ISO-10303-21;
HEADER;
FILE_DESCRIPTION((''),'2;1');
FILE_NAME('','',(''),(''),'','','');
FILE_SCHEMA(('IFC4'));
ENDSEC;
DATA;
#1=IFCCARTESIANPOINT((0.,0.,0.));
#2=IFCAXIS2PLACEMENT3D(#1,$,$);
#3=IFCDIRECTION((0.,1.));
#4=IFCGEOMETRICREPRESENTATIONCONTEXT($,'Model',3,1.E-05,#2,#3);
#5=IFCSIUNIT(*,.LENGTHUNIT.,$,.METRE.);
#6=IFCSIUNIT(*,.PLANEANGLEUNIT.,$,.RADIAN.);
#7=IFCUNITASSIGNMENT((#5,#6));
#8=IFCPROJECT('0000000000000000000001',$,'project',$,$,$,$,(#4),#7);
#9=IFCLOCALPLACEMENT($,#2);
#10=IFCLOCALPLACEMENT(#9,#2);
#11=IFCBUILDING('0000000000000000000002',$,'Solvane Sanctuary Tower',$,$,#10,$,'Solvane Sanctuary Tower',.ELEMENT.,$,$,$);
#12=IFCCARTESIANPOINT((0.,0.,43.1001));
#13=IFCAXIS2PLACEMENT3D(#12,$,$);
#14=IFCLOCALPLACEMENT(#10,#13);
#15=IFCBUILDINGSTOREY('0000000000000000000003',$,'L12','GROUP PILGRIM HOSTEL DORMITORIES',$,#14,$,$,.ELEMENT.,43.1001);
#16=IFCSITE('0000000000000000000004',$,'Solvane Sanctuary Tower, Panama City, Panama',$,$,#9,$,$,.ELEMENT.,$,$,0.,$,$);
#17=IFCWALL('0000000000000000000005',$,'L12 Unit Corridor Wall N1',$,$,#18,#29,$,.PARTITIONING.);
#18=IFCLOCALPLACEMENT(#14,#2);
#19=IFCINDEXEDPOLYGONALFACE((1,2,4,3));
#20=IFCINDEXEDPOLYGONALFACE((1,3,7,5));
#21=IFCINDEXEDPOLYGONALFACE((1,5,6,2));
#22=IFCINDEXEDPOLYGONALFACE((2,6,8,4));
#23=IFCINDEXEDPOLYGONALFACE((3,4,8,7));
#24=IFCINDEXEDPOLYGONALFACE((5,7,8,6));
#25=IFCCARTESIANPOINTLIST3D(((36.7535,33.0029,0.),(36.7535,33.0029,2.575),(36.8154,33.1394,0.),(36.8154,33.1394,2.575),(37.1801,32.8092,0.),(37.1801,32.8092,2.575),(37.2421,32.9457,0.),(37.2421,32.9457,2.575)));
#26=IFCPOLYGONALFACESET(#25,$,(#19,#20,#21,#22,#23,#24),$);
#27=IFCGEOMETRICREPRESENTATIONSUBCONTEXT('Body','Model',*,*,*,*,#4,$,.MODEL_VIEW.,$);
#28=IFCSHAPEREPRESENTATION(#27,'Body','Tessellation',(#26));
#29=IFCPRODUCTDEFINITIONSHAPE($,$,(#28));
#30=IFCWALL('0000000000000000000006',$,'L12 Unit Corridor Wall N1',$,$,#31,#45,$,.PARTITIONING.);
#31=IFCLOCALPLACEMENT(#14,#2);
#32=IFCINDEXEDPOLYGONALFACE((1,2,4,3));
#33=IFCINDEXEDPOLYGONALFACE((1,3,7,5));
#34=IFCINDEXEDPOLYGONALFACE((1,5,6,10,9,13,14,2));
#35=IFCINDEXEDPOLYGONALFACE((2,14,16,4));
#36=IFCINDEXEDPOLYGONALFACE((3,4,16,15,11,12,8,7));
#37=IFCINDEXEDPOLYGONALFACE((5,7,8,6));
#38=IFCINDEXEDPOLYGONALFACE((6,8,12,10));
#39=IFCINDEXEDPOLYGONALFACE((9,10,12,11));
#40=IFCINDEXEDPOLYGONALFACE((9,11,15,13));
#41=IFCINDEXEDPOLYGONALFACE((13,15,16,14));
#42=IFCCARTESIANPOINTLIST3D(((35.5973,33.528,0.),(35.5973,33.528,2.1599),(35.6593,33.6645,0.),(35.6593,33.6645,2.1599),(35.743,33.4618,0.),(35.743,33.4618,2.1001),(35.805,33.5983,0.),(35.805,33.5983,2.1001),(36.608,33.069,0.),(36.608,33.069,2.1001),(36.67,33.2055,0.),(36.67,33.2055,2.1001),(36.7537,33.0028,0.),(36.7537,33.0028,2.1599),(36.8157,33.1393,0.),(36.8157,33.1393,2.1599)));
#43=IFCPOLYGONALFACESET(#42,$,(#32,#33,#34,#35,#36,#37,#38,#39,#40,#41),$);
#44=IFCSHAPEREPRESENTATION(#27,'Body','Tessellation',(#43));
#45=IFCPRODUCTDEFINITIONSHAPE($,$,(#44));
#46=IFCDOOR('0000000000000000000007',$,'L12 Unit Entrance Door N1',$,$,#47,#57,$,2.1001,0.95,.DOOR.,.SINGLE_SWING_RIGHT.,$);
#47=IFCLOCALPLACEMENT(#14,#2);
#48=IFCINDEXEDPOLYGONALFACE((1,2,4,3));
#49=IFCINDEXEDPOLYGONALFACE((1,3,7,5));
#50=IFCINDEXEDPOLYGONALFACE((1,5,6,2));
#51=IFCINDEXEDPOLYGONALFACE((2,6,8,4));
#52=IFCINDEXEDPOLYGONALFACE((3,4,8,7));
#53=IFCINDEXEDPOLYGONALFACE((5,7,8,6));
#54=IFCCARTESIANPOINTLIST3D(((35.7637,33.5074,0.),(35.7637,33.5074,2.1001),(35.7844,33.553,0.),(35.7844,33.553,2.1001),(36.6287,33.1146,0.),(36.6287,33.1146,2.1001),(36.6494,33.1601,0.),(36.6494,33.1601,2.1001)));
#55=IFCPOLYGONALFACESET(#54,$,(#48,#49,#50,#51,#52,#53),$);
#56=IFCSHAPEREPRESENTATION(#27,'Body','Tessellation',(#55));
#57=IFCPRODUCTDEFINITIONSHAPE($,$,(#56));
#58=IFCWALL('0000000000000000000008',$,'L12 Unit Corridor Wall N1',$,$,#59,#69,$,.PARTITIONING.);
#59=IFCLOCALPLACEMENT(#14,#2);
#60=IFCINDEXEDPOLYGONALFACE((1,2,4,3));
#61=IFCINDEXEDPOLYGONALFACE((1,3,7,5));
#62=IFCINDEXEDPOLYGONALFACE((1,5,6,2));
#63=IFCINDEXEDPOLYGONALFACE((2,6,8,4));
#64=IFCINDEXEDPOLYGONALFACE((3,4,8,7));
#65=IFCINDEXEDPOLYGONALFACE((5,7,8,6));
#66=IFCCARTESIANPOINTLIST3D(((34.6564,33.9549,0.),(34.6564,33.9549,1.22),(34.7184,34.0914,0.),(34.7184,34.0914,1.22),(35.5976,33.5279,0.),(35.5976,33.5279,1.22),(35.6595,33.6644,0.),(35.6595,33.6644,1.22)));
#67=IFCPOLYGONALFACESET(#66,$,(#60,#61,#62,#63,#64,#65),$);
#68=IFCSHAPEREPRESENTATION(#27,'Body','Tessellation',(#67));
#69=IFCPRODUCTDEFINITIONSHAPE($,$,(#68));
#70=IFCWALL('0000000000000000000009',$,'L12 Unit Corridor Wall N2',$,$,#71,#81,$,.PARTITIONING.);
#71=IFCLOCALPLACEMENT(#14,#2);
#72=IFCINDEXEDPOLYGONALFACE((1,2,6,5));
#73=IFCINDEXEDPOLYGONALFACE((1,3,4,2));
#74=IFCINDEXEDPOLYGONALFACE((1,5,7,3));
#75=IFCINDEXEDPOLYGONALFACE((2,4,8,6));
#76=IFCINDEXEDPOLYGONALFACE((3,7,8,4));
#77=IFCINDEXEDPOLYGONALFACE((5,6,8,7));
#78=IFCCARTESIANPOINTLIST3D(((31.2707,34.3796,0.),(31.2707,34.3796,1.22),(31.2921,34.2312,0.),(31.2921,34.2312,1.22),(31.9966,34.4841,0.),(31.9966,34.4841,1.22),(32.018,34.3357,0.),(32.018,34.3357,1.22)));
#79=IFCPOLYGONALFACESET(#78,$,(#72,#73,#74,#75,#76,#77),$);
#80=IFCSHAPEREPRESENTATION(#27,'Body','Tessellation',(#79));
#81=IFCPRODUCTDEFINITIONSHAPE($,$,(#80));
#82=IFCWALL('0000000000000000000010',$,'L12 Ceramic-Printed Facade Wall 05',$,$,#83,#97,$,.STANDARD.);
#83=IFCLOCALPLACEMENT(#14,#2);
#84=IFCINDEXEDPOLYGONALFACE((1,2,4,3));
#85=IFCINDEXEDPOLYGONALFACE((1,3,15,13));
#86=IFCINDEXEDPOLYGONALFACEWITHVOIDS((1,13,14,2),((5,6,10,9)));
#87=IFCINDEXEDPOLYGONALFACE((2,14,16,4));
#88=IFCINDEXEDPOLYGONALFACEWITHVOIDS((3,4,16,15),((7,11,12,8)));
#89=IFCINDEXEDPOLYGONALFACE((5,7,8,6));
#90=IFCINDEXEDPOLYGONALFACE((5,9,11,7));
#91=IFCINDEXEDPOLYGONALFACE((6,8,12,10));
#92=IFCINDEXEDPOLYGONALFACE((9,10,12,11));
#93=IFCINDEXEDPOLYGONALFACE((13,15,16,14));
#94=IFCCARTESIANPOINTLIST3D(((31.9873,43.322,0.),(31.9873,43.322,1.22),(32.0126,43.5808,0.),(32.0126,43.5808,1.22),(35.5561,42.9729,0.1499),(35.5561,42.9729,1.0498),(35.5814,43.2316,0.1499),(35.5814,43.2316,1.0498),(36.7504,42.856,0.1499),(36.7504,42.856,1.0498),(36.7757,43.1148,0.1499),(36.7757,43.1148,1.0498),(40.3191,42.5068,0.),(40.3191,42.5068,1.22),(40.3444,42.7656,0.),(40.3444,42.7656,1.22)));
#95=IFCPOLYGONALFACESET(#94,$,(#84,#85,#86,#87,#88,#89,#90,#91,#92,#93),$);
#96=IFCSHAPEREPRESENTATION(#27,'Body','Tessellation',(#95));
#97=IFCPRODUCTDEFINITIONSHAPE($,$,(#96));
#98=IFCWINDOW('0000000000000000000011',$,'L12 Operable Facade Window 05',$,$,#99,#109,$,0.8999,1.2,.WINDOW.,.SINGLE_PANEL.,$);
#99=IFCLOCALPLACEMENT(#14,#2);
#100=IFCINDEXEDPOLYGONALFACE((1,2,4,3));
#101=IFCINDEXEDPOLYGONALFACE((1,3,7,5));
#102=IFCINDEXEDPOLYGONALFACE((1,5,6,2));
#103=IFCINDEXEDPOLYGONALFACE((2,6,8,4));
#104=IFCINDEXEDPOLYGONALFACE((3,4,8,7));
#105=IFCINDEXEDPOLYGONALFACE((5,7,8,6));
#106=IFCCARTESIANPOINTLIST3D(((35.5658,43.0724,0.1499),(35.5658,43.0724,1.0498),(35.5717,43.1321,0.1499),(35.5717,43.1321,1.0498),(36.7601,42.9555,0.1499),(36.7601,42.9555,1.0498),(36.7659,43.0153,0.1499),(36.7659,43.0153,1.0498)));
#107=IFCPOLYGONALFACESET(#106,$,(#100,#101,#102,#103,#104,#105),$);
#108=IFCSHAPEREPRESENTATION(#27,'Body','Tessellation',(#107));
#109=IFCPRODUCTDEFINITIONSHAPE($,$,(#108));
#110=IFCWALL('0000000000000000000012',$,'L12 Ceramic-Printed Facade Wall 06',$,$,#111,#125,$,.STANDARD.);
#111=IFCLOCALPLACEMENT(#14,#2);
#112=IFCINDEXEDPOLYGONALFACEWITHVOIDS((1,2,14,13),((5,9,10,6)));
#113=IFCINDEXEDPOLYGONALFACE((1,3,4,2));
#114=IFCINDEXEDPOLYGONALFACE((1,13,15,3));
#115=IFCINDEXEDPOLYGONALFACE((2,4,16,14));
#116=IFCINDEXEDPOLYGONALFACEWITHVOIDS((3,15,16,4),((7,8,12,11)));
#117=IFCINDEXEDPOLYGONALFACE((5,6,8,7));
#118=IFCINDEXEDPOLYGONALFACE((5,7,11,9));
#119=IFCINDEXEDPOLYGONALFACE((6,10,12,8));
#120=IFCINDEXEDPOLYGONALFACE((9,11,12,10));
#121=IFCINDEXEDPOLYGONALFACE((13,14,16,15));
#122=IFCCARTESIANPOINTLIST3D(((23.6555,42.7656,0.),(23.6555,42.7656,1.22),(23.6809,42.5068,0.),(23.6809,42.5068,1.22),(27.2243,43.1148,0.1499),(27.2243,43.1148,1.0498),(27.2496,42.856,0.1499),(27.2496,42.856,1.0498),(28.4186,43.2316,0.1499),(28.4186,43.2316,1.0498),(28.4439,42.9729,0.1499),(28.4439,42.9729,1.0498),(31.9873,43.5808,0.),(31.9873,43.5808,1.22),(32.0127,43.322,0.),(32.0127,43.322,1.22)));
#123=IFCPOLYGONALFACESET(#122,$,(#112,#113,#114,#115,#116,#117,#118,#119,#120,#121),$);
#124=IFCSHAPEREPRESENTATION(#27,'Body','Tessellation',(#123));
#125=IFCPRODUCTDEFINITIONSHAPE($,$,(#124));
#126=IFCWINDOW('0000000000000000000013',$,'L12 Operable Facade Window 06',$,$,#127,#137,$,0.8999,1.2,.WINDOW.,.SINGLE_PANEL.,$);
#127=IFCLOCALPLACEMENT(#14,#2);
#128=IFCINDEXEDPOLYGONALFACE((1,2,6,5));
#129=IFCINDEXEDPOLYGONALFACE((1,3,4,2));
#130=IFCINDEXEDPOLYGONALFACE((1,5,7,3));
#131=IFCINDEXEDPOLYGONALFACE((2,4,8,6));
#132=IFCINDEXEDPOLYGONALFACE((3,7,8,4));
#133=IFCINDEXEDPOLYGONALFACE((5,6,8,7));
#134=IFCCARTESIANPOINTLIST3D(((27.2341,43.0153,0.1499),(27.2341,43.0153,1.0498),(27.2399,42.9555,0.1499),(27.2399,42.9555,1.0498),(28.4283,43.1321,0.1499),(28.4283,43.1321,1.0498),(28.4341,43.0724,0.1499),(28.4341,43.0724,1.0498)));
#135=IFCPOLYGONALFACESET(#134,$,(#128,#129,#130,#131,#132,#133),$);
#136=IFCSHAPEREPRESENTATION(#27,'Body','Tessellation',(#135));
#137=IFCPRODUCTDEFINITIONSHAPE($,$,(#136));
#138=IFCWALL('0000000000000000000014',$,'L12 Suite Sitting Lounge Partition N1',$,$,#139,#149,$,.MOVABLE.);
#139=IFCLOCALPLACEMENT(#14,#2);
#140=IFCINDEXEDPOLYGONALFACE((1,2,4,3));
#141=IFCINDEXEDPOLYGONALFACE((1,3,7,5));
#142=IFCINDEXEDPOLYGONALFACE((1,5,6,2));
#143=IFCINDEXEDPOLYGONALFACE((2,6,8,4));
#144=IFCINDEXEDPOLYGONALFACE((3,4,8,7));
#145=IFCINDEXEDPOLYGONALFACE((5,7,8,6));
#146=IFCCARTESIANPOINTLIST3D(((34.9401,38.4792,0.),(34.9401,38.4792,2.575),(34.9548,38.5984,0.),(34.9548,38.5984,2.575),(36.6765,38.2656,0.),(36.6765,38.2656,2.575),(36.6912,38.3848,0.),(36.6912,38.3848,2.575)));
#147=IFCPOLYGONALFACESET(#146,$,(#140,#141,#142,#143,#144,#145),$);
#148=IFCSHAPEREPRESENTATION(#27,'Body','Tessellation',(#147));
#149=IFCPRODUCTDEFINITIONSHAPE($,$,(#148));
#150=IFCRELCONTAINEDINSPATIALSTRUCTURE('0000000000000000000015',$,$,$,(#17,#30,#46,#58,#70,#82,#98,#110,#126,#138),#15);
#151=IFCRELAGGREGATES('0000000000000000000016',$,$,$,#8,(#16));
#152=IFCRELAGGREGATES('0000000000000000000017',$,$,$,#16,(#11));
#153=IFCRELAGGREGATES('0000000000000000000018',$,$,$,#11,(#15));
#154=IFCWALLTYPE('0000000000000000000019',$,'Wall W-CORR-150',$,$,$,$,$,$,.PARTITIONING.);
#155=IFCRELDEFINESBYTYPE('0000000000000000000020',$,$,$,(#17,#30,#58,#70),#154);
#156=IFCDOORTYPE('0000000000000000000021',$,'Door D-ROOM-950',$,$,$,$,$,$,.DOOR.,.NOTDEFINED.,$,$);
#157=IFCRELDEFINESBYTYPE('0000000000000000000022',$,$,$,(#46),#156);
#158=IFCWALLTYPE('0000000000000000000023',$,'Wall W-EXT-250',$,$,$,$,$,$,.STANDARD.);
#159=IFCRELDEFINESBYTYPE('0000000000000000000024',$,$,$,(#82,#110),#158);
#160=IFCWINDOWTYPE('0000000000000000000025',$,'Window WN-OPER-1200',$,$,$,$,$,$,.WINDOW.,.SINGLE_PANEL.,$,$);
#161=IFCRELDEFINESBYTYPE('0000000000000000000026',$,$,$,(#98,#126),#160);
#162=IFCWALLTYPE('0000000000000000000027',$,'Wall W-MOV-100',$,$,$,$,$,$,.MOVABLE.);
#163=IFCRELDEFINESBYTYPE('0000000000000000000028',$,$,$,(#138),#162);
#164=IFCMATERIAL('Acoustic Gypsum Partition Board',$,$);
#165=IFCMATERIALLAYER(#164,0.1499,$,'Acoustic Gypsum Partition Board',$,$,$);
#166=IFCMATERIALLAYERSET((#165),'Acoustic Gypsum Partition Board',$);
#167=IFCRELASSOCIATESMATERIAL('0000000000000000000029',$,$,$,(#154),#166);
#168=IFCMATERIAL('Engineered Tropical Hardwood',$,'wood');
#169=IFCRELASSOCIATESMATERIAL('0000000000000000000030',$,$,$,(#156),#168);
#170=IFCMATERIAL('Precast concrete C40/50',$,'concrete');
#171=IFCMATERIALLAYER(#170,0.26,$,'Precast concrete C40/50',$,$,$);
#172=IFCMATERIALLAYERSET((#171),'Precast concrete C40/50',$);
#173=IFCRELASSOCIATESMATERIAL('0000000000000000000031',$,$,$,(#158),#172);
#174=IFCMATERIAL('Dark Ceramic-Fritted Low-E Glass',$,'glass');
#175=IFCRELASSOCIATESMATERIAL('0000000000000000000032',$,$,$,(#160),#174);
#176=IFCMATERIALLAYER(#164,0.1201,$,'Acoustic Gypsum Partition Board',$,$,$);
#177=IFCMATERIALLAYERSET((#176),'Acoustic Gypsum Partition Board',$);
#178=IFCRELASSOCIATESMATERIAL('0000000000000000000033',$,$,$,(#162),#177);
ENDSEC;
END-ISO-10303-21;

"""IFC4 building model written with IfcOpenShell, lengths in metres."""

from ifc_helpers import new_model, si_unit, direction, frame, frame_2d, origin, place, context, subcontext, project, spatial, rectangle, extrude, material, layer, layer_set, type_object, element, fill, save


model = new_model("IFC4")

# Units and contexts
model_context = context("Model", 3, precision=1e-05, world=origin(), true_north=direction((0.0, 1.0)))
body_context = subcontext(model_context, "Body", "Model", "MODEL_VIEW")
ifc_project = project(units=[si_unit("LENGTHUNIT", "METRE"), si_unit("PLANEANGLEUNIT", "RADIAN")], contexts=[model_context])

# Site, building, storey
site_placement = place(None, origin())
site = spatial("IfcSite", under=ifc_project, at=site_placement, Name="Solvane Sanctuary Tower, Panama City, Panama", CompositionType="ELEMENT", RefElevation=0.0)
building_placement = place(site_placement, origin())
building = spatial("IfcBuilding", under=site, at=building_placement, Name="Solvane Sanctuary Tower", LongName="Solvane Sanctuary Tower", CompositionType="ELEMENT")
storey_placement = place(building_placement, frame((0.0, 0.0, 43.1001)))
storey = spatial("IfcBuildingStorey", under=building, at=storey_placement, Name="L12", Description="GROUP PILGRIM HOSTEL DORMITORIES", CompositionType="ELEMENT", Elevation=43.1001)

# Wall
ifc_material_1 = material(Name="Acoustic Gypsum Partition Board")
ifc_layer_1 = layer(ifc_material_1, 0.1499, Name="Acoustic Gypsum Partition Board")
ifc_layer_set_1 = layer_set([ifc_layer_1], Name="Acoustic Gypsum Partition Board")
wall_type_1 = type_object("IfcWallType", Name="Wall W-CORR-150", PredefinedType="PARTITIONING", material=ifc_layer_set_1)
wall_1_placement = place(storey_placement, frame((37.2112, 32.8774, 0.0), z_axis=(0.0, 0.0, 1.0), x_axis=(-0.910581, 0.413332, 0.0)))
element("IfcWall", 1, at=wall_1_placement, inside=storey, type_object=wall_type_1, Name="L12 Unit Corridor Wall N1", PredefinedType="PARTITIONING", context=body_context, shape_type="SweptSolid", body=[
    extrude(rectangle(XDim=0.4685, YDim=0.1499, at=frame_2d((0.2344, 0.0))), origin(), (0.0, 0.0, 1.0), 2.575),
])

# Wall, opening, door
wall_2_placement = place(storey_placement, frame((36.7847, 33.071, 0.0), z_axis=(0.0, 0.0, 1.0), x_axis=(-0.910492, 0.413528, 0.0)))
wall_2 = element("IfcWall", 2, at=wall_2_placement, inside=storey, type_object=wall_type_1, Name="L12 Unit Corridor Wall N1", PredefinedType="PARTITIONING", context=body_context, shape_type="SweptSolid", body=[
    extrude(rectangle(XDim=1.27, YDim=0.1499, at=frame_2d((0.635, 0.0))), origin(), (0.0, 0.0, 1.0), 2.1599),
])
opening_1_placement = place(wall_2_placement, frame((0.1599, 0.0, 0.0)))
opening_1 = element("IfcOpeningElement", 3, at=opening_1_placement, cuts=wall_2, PredefinedType="OPENING", context=body_context, shape_type="SweptSolid", body=[
    extrude(rectangle(XDim=0.95, YDim=2.1001, at=frame_2d((0.4751, 1.05))), frame((0.0, 0.085, 0.0), z_axis=(0.0, -1.0, 0.0), x_axis=(1.0, 0.0, 0.0)), (0.0, 0.0, 1.0), 0.1699),
])
ifc_material_2 = material(Name="Engineered Tropical Hardwood", Category="wood")
door_type_1 = type_object("IfcDoorType", Name="Door D-ROOM-950", OperationType="NOTDEFINED", PredefinedType="DOOR", material=ifc_material_2)
door_1_placement = place(opening_1_placement, origin())
door_1 = element("IfcDoor", 4, at=door_1_placement, inside=storey, type_object=door_type_1, Name="L12 Unit Entrance Door N1", OperationType="SINGLE_SWING_RIGHT", OverallHeight=2.1001, OverallWidth=0.95, PredefinedType="DOOR", context=body_context, shape_type="SweptSolid", body=[
    extrude(rectangle(XDim=0.95, YDim=2.1001, at=frame_2d((0.4751, 1.05))), frame((0.0, 0.0249, 0.0), z_axis=(0.0, -1.0, 0.0), x_axis=(1.0, 0.0, 0.0)), (0.0, 0.0, 1.0), 0.05),
])
fill(opening_1, door_1)

# Walls
wall_3_placement = place(storey_placement, frame((35.6284, 33.5962, 0.0), z_axis=(0.0, 0.0, 1.0), x_axis=(-0.910657, 0.413162, 0.0)))
element("IfcWall", 5, at=wall_3_placement, inside=storey, type_object=wall_type_1, Name="L12 Unit Corridor Wall N1", PredefinedType="PARTITIONING", context=body_context, shape_type="SweptSolid", body=[
    extrude(rectangle(XDim=1.0334, YDim=0.1499, at=frame_2d((0.5166, 0.0))), origin(), (0.0, 0.0, 1.0), 1.22),
])
wall_4_placement = place(storey_placement, frame((32.0073, 34.4099, 0.0), z_axis=(0.0, 0.0, 1.0), x_axis=(-0.989796, -0.142493, 0.0)))
element("IfcWall", 6, at=wall_4_placement, inside=storey, type_object=wall_type_1, Name="L12 Unit Corridor Wall N2", PredefinedType="PARTITIONING", context=body_context, shape_type="SweptSolid", body=[
    extrude(rectangle(XDim=0.7334, YDim=0.1499, at=frame_2d((0.3667, 0.0))), origin(), (0.0, 0.0, 1.0), 1.22),
])

# Walls, openings, windows
ifc_material_3 = material(Name="Precast concrete C40/50", Category="concrete")
ifc_layer_2 = layer(ifc_material_3, 0.26, Name="Precast concrete C40/50")
ifc_layer_set_2 = layer_set([ifc_layer_2], Name="Precast concrete C40/50")
wall_type_2 = type_object("IfcWallType", Name="Wall W-EXT-250", PredefinedType="STANDARD", material=ifc_layer_set_2)
wall_5_placement = place(storey_placement, frame((40.3318, 42.6362, 0.0), z_axis=(0.0, 0.0, 1.0), x_axis=(-0.995248, 0.097375, 0.0)))
wall_5 = element("IfcWall", 7, at=wall_5_placement, inside=storey, type_object=wall_type_2, Name="L12 Ceramic-Printed Facade Wall 05", PredefinedType="STANDARD", context=body_context, shape_type="SweptSolid", body=[
    extrude(rectangle(XDim=8.3716, YDim=0.26, at=frame_2d((4.1858, 0.0))), origin(), (0.0, 0.0, 1.0), 1.22),
])
opening_2_placement = place(wall_5_placement, frame((3.5857, 0.0, 0.1499)))
opening_2 = element("IfcOpeningElement", 8, at=opening_2_placement, cuts=wall_5, PredefinedType="OPENING", context=body_context, shape_type="SweptSolid", body=[
    extrude(rectangle(XDim=1.2, YDim=0.8999, at=frame_2d((0.6001, 0.45))), frame((0.0, 0.1399, 0.0), z_axis=(0.0, -1.0, 0.0), x_axis=(1.0, 0.0, 0.0)), (0.0, 0.0, 1.0), 0.28),
])
ifc_material_4 = material(Name="Dark Ceramic-Fritted Low-E Glass", Category="glass")
window_type = type_object("IfcWindowType", Name="Window WN-OPER-1200", PartitioningType="SINGLE_PANEL", PredefinedType="WINDOW", material=ifc_material_4)
window_1_placement = place(opening_2_placement, origin())
window_1 = element("IfcWindow", 9, at=window_1_placement, inside=storey, type_object=window_type, Name="L12 Operable Facade Window 05", OverallHeight=0.8999, OverallWidth=1.2, PartitioningType="SINGLE_PANEL", PredefinedType="WINDOW", context=body_context, shape_type="SweptSolid", body=[
    extrude(rectangle(XDim=1.2, YDim=0.8999, at=frame_2d((0.6001, 0.45))), frame((0.0, 0.03, 0.0), z_axis=(0.0, -1.0, 0.0), x_axis=(1.0, 0.0, 0.0)), (0.0, 0.0, 1.0), 0.0601),
])
fill(opening_2, window_1)
wall_6_placement = place(storey_placement, frame((32.0, 43.4514, 0.0), z_axis=(0.0, 0.0, 1.0), x_axis=(-0.995248, -0.097375, 0.0)))
wall_6 = element("IfcWall", 10, at=wall_6_placement, inside=storey, type_object=wall_type_2, Name="L12 Ceramic-Printed Facade Wall 06", PredefinedType="STANDARD", context=body_context, shape_type="SweptSolid", body=[
    extrude(rectangle(XDim=8.3716, YDim=0.26, at=frame_2d((4.1858, 0.0))), origin(), (0.0, 0.0, 1.0), 1.22),
])
opening_3_placement = place(wall_6_placement, frame((3.5857, 0.0, 0.1499)))
opening_3 = element("IfcOpeningElement", 11, at=opening_3_placement, cuts=wall_6, PredefinedType="OPENING", context=body_context, shape_type="SweptSolid", body=[
    extrude(rectangle(XDim=1.2, YDim=0.8999, at=frame_2d((0.6001, 0.45))), frame((0.0, 0.1399, 0.0), z_axis=(0.0, -1.0, 0.0), x_axis=(1.0, 0.0, 0.0)), (0.0, 0.0, 1.0), 0.28),
])
window_2_placement = place(opening_3_placement, origin())
window_2 = element("IfcWindow", 12, at=window_2_placement, inside=storey, type_object=window_type, Name="L12 Operable Facade Window 06", OverallHeight=0.8999, OverallWidth=1.2, PartitioningType="SINGLE_PANEL", PredefinedType="WINDOW", context=body_context, shape_type="SweptSolid", body=[
    extrude(rectangle(XDim=1.2, YDim=0.8999, at=frame_2d((0.6001, 0.45))), frame((0.0, 0.03, 0.0), z_axis=(0.0, -1.0, 0.0), x_axis=(1.0, 0.0, 0.0)), (0.0, 0.0, 1.0), 0.0601),
])
fill(opening_3, window_2)

# Wall
ifc_layer_3 = layer(ifc_material_1, 0.1201, Name="Acoustic Gypsum Partition Board")
ifc_layer_set_3 = layer_set([ifc_layer_3], Name="Acoustic Gypsum Partition Board")
wall_type_3 = type_object("IfcWallType", Name="Wall W-MOV-100", PredefinedType="MOVABLE", material=ifc_layer_set_3)
wall_7_placement = place(storey_placement, frame((36.6838, 38.3252, 0.0), z_axis=(0.0, 0.0, 1.0), x_axis=(-0.992516, 0.122111, 0.0)))
element("IfcWall", 13, at=wall_7_placement, inside=storey, type_object=wall_type_3, Name="L12 Suite Sitting Lounge Partition N1", PredefinedType="MOVABLE", context=body_context, shape_type="SweptSolid", body=[
    extrude(rectangle(XDim=1.7495, YDim=0.1201, at=frame_2d((0.8748, 0.0))), origin(), (0.0, 0.0, 1.0), 2.575),
])

save(model, "model.ifc")
